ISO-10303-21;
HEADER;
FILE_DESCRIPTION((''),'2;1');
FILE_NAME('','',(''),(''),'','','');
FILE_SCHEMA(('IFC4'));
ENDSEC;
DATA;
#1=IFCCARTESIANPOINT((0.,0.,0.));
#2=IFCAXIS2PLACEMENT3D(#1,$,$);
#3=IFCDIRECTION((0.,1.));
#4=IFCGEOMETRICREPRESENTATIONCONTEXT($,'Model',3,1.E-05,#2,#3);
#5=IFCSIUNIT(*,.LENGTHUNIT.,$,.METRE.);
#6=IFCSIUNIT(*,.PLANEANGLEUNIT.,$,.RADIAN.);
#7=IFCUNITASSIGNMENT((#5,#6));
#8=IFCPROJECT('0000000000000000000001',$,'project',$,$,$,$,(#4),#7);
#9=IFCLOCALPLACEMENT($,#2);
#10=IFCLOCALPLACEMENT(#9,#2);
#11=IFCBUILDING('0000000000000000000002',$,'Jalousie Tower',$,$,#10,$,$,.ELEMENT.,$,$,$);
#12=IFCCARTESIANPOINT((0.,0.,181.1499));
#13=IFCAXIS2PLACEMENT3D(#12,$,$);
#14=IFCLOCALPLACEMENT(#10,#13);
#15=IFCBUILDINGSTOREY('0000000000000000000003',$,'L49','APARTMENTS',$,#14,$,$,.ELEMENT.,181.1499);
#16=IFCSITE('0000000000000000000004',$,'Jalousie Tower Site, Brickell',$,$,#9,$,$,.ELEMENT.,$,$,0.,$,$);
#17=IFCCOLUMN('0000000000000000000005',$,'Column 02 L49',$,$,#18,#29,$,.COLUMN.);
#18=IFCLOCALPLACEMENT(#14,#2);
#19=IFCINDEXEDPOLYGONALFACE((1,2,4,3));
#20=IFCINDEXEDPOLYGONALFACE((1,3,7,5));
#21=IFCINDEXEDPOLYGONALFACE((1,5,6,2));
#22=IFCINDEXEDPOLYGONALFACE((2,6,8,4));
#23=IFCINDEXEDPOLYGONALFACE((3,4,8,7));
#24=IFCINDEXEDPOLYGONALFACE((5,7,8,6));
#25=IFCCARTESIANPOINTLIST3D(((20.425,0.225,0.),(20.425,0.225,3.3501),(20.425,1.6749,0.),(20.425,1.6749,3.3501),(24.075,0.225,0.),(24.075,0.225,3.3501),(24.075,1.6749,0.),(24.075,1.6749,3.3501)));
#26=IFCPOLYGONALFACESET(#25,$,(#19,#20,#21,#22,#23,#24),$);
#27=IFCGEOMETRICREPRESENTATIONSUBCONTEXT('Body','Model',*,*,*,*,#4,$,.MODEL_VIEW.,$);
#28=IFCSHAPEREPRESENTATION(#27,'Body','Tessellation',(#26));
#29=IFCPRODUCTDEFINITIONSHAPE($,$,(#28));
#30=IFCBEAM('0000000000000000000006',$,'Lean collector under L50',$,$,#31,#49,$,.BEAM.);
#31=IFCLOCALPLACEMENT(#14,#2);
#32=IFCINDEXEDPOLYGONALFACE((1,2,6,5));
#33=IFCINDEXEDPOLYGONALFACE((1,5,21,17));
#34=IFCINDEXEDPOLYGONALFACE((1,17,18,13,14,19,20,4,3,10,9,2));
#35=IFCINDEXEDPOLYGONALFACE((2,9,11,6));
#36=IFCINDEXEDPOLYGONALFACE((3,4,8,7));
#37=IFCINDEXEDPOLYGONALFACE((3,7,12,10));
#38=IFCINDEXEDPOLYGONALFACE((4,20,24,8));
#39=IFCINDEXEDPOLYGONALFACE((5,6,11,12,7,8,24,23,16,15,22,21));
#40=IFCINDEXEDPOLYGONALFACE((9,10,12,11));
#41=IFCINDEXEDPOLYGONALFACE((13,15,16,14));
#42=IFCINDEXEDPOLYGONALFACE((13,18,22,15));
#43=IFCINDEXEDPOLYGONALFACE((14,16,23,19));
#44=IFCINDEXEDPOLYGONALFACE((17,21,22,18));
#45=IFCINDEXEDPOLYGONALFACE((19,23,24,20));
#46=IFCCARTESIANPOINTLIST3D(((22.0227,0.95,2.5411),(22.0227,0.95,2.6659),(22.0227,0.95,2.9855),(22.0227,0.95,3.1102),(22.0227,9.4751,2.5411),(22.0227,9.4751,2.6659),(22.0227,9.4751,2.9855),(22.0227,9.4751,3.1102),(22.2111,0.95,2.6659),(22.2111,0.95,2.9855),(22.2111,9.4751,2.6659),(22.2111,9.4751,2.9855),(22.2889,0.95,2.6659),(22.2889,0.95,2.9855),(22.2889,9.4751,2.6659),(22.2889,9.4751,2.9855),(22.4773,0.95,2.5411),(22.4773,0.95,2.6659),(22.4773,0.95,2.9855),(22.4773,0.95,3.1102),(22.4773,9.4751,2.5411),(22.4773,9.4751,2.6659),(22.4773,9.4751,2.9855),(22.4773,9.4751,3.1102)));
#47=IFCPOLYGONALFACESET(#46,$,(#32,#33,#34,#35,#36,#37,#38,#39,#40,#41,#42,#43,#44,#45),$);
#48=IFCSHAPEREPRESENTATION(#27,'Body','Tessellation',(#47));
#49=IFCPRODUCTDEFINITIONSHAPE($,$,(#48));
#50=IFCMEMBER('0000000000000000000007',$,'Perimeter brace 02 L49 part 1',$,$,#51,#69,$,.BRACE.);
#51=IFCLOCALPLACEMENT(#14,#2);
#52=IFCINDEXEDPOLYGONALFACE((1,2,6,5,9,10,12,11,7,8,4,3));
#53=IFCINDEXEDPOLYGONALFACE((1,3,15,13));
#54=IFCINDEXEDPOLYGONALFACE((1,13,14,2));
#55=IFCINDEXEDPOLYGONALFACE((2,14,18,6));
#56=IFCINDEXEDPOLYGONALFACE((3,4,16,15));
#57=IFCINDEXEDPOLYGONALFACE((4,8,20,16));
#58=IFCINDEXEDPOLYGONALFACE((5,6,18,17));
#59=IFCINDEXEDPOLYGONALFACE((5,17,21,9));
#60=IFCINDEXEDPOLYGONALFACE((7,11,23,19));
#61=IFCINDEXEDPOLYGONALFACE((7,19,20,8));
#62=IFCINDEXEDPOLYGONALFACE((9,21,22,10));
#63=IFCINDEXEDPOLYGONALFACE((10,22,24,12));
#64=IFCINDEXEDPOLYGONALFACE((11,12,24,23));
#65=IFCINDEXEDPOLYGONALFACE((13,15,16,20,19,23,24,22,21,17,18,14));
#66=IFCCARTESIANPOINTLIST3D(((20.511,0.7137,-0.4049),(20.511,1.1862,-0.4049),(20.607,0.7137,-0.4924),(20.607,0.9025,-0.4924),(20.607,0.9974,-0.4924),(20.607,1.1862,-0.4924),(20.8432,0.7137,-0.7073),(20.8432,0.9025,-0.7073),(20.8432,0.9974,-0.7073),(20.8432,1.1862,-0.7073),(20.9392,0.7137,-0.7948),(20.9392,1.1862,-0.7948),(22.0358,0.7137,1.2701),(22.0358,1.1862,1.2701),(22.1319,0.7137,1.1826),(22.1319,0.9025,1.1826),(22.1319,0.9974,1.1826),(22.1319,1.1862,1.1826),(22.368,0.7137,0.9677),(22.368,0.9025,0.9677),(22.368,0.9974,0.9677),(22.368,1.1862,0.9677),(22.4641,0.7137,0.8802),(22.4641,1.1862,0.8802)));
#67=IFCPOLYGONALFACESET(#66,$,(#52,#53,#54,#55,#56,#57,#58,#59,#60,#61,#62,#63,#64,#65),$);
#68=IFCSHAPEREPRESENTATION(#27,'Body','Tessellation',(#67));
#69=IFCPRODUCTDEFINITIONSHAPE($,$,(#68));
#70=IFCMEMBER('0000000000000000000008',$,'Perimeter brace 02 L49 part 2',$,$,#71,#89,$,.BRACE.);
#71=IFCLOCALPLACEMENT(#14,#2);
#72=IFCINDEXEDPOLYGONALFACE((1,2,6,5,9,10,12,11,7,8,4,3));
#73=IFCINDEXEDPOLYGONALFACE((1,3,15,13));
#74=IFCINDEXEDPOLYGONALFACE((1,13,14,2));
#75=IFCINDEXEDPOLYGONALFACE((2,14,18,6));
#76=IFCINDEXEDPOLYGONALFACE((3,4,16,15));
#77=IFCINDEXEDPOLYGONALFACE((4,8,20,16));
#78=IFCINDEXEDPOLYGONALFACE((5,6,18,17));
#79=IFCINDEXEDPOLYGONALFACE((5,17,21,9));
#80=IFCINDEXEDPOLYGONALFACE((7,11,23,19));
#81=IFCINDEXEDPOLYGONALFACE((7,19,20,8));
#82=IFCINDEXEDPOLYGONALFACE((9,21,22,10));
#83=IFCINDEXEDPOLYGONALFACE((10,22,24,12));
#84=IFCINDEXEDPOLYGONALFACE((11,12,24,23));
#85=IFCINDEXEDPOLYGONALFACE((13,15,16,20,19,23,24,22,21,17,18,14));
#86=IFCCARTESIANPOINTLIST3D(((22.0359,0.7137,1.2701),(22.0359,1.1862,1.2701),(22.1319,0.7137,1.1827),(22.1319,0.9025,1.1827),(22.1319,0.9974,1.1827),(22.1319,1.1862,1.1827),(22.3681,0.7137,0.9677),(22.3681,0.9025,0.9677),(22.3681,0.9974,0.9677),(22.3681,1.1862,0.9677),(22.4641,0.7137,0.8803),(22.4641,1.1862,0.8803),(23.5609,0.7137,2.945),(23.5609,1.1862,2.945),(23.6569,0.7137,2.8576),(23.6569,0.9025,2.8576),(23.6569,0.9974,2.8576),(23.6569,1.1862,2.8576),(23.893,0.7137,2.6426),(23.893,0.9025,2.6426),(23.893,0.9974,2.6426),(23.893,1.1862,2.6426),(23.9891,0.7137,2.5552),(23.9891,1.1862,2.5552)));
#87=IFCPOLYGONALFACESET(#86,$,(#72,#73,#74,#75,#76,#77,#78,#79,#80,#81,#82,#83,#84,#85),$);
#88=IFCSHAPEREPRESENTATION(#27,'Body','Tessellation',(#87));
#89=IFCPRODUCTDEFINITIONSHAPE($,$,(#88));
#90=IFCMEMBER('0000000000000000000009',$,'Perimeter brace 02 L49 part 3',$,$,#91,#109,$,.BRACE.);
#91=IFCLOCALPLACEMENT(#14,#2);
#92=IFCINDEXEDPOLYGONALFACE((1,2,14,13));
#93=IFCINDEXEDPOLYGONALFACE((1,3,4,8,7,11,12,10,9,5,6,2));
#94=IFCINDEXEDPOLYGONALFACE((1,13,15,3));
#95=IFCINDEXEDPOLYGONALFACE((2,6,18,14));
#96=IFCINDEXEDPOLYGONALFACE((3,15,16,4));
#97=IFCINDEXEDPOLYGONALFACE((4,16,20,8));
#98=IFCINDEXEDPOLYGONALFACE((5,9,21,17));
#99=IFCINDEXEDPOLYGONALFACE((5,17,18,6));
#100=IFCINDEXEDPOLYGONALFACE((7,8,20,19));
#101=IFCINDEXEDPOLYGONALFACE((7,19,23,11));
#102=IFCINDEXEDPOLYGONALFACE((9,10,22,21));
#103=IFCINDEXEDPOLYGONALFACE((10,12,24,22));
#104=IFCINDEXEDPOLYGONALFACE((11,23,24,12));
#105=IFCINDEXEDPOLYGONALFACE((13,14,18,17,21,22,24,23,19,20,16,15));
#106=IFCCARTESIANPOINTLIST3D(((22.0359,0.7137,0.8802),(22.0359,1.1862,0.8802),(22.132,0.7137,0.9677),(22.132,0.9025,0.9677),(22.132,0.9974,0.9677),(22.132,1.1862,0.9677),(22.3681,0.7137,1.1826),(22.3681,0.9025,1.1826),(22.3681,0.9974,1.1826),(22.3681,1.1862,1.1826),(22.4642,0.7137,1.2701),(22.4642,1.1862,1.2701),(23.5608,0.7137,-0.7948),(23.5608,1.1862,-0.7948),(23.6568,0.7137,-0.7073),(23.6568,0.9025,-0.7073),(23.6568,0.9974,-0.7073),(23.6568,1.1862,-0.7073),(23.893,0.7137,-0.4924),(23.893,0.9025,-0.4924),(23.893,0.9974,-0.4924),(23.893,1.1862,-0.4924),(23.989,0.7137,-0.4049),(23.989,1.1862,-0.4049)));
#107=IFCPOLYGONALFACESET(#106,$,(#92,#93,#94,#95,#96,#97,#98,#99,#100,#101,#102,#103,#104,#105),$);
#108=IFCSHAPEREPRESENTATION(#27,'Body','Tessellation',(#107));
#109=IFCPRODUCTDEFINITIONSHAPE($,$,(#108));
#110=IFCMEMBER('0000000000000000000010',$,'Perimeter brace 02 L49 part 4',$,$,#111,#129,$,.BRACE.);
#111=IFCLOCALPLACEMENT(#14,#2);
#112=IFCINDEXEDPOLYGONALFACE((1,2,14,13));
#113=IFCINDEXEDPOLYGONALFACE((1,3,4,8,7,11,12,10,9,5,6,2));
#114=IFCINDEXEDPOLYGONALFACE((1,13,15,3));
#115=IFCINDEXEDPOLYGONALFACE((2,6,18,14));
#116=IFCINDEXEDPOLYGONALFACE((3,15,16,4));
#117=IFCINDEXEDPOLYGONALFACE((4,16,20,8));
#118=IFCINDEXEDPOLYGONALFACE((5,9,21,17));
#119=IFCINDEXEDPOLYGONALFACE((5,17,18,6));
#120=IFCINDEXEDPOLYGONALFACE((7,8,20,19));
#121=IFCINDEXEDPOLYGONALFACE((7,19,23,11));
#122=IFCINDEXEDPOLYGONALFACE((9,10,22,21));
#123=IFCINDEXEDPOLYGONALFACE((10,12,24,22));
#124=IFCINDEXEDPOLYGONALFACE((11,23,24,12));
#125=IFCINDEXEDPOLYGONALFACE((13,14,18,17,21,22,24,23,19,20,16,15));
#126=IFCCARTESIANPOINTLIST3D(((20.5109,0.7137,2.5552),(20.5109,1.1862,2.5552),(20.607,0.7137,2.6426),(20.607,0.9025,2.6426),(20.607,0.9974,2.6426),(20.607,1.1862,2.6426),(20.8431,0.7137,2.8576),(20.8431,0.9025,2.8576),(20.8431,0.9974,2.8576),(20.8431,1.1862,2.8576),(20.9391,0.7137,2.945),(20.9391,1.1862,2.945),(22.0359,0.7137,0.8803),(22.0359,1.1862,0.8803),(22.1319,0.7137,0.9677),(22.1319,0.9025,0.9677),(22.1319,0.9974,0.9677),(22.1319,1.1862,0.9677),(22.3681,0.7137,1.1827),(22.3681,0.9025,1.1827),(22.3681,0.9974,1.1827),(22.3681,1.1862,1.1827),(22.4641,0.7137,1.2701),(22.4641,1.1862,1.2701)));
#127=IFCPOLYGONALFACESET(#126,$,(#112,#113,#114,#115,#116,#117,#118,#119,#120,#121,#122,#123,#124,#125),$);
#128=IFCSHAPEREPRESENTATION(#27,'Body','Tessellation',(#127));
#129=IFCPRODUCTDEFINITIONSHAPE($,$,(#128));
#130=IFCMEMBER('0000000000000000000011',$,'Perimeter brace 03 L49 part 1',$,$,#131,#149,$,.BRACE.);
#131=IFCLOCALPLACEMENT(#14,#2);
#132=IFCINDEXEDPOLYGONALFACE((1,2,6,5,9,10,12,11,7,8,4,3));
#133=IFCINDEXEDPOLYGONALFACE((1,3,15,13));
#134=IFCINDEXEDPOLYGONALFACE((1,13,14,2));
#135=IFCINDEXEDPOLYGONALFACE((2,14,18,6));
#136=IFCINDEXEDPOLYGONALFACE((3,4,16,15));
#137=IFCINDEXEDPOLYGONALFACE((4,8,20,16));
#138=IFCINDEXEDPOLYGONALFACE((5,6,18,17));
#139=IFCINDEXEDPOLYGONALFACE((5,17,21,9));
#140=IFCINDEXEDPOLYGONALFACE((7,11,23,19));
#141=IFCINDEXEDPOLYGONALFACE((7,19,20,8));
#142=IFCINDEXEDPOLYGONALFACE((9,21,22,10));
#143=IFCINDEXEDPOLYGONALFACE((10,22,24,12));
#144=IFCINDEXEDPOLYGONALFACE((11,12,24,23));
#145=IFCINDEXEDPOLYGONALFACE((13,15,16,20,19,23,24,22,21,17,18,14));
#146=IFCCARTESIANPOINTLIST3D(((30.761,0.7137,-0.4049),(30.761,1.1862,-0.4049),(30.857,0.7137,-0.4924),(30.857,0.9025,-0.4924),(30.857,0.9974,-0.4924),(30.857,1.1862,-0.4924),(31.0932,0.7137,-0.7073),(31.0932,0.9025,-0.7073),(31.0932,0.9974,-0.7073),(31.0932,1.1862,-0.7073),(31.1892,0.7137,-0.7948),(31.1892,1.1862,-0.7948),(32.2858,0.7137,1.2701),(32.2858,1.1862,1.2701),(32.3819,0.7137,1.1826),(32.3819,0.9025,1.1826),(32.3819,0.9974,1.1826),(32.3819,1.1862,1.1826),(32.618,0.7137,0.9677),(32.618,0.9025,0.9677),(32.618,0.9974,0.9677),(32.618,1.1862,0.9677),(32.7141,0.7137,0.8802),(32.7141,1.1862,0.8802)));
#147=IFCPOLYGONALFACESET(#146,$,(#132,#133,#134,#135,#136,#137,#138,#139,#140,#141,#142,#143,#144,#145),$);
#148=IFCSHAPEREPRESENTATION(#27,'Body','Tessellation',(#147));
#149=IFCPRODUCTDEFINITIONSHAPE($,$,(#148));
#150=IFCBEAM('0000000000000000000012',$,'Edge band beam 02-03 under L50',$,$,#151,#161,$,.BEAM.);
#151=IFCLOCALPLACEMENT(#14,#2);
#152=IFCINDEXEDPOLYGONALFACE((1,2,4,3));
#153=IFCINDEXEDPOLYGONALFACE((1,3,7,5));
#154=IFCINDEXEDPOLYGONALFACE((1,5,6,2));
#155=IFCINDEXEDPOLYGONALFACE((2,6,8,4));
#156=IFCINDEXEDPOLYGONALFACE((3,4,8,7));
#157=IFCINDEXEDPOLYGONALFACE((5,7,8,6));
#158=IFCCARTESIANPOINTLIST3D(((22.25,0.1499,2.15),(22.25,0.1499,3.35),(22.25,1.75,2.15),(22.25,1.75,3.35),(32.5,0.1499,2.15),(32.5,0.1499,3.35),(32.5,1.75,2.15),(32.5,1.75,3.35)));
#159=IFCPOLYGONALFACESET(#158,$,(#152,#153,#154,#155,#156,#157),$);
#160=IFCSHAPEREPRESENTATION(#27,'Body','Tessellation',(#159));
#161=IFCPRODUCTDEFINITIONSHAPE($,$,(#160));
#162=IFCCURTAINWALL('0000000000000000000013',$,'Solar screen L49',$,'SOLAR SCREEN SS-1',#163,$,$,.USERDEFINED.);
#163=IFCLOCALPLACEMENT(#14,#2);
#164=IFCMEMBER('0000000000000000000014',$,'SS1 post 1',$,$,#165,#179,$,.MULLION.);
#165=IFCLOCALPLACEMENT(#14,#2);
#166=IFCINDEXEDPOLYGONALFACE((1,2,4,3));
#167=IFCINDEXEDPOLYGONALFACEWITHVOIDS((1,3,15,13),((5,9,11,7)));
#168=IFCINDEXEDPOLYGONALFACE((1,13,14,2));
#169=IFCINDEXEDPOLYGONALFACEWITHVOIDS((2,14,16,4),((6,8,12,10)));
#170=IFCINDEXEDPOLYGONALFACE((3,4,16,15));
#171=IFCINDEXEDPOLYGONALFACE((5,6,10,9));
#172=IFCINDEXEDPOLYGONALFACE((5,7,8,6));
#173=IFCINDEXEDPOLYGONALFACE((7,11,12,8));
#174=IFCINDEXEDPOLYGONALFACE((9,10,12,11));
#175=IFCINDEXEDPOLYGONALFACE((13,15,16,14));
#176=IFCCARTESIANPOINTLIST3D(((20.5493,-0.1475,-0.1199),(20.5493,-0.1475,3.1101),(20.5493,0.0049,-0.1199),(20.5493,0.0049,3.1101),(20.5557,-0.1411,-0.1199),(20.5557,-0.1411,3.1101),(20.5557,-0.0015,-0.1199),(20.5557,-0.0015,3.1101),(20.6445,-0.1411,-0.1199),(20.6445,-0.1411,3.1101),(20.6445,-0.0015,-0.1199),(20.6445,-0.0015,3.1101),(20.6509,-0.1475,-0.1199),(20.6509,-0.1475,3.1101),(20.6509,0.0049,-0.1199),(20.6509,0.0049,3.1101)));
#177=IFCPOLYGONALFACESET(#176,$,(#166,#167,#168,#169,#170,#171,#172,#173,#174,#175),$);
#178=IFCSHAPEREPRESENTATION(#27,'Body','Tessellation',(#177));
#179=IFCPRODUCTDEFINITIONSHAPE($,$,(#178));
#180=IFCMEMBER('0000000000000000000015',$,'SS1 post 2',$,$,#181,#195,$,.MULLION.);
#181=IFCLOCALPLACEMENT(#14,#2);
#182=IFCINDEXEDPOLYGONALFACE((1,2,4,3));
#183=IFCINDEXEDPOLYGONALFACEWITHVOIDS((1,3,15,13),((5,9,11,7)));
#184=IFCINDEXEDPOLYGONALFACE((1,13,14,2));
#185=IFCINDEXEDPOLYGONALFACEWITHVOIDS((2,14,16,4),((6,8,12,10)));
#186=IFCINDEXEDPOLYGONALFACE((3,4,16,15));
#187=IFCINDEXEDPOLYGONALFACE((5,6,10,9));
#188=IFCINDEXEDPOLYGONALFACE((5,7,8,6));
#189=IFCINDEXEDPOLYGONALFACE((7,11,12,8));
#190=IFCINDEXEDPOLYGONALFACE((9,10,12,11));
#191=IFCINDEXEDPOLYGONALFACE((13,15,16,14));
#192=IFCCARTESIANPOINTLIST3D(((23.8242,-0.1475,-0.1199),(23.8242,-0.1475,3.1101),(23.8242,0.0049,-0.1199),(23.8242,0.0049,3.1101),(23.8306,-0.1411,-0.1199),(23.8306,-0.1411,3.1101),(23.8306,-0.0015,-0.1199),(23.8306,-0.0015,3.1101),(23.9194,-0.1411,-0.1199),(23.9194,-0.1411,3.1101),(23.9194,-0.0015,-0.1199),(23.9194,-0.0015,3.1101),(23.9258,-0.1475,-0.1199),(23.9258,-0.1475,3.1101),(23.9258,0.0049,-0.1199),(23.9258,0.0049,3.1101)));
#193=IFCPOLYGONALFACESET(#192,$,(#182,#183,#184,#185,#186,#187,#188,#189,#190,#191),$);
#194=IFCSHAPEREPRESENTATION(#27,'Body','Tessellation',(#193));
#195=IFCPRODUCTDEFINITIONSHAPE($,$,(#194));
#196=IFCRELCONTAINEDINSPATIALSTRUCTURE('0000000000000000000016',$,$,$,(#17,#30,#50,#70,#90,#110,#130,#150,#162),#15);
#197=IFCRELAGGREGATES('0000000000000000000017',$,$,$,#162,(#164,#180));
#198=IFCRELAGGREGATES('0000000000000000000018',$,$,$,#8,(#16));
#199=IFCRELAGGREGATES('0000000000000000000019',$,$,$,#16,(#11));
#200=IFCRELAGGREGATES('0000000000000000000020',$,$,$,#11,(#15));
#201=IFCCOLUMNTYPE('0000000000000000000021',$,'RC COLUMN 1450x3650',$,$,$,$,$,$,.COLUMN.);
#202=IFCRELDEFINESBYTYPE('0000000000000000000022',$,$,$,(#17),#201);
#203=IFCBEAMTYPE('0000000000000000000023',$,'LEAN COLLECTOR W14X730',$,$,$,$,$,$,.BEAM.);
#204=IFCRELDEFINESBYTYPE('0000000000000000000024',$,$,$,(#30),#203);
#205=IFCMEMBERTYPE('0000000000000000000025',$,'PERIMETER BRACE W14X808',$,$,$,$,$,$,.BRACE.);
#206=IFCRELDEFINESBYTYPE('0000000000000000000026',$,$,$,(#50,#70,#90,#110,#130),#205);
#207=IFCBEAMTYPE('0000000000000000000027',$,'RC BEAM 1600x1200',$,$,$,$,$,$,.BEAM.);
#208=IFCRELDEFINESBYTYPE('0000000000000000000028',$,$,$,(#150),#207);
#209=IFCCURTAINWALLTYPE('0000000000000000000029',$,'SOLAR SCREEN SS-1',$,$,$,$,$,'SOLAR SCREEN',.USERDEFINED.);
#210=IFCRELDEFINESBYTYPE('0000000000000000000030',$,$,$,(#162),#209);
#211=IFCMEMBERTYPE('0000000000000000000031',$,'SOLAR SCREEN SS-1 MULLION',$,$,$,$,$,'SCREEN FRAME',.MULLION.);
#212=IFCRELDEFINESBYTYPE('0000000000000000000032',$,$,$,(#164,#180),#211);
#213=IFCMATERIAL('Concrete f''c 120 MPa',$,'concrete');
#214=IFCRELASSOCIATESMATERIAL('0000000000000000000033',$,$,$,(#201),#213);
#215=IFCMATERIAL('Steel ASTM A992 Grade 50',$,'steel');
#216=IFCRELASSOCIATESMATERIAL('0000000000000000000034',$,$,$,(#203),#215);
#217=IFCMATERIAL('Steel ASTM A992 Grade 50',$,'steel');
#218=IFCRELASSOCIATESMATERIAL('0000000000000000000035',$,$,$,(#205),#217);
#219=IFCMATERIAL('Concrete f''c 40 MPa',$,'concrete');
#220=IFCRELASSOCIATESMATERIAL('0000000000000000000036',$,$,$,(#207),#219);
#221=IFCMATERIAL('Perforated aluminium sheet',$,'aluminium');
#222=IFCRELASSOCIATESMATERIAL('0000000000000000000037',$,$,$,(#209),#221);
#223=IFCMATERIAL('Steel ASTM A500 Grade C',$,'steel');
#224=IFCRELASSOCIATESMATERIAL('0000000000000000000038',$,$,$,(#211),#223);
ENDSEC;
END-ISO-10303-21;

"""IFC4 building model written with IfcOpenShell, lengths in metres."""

from ifc_helpers import new_model, si_unit, direction, frame, origin, origin_2d, place, context, subcontext, project, spatial, rectangle, hollow_rectangle, i_section, extrude, material, material_profile, profile_set, type_object, element, aggregate, save


model = new_model("IFC4")

# Units and contexts
model_context = context("Model", 3, precision=1e-05, world=origin(), true_north=direction((0.0, 1.0)))
body_context = subcontext(model_context, "Body", "Model", "MODEL_VIEW")
ifc_project = project(units=[si_unit("LENGTHUNIT", "METRE"), si_unit("PLANEANGLEUNIT", "RADIAN")], contexts=[model_context])

# Site, building, storey
site_placement = place(None, origin())
site = spatial("IfcSite", under=ifc_project, at=site_placement, Name="Jalousie Tower Site, Brickell", CompositionType="ELEMENT", RefElevation=0.0)
building_placement = place(site_placement, origin())
building = spatial("IfcBuilding", under=site, at=building_placement, Name="Jalousie Tower", CompositionType="ELEMENT")
storey_placement = place(building_placement, frame((0.0, 0.0, 181.1499)))
storey = spatial("IfcBuildingStorey", under=building, at=storey_placement, Name="L49", Description="APARTMENTS", CompositionType="ELEMENT", Elevation=181.1499)

# Column
ifc_material_1 = material(Name="Concrete f'c 120 MPa", Category="concrete")
ifc_material_profile_1 = material_profile(ifc_material_1, rectangle(XDim=1.45, YDim=3.6499, at=origin_2d()), Name="RC 1450x3650")
ifc_profile_set_1 = profile_set([ifc_material_profile_1], Name="Concrete f'c 120 MPa")
column_type = type_object("IfcColumnType", Name="RC COLUMN 1450x3650", PredefinedType="COLUMN", material=ifc_profile_set_1)
column_placement = place(storey_placement, frame((22.25, 0.95, 0.0), z_axis=(0.0, 0.0, 1.0), x_axis=(0.0, 1.0, 0.0)))
element("IfcColumn", 1, at=column_placement, inside=storey, type_object=column_type, Name="Column 02 L49", PredefinedType="COLUMN", context=body_context, shape_type="SweptSolid", body=[
    extrude(rectangle(XDim=1.45, YDim=3.6499, at=origin_2d()), origin(), (0.0, 0.0, 1.0), 3.3501),
])

# Beam
ifc_material_2 = material(Name="Steel ASTM A992 Grade 50", Category="steel")
ifc_material_profile_2 = material_profile(ifc_material_2, i_section(OverallWidth=0.4546, OverallDepth=0.5691, WebThickness=0.0779, FlangeThickness=0.1248, at=origin_2d()), Name="W14X730")
ifc_profile_set_2 = profile_set([ifc_material_profile_2], Name="Steel ASTM A992 Grade 50")
beam_type_1 = type_object("IfcBeamType", Name="LEAN COLLECTOR W14X730", PredefinedType="BEAM", material=ifc_profile_set_2)
beam_1_placement = place(storey_placement, frame((22.25, 0.95, 2.8257), z_axis=(0.0, 1.0, 0.0), x_axis=(-1.0, 0.0, 0.0)))
element("IfcBeam", 2, at=beam_1_placement, inside=storey, type_object=beam_type_1, Name="Lean collector under L50", PredefinedType="BEAM", context=body_context, shape_type="SweptSolid", body=[
    extrude(i_section(OverallWidth=0.4546, OverallDepth=0.5691, WebThickness=0.0779, FlangeThickness=0.1248, at=origin_2d()), origin(), (0.0, 0.0, 1.0), 8.5251),
])

# Members
ifc_material_3 = material(Name="Steel ASTM A992 Grade 50", Category="steel")
ifc_material_profile_3 = material_profile(ifc_material_3, i_section(OverallWidth=0.4724, OverallDepth=0.5791, WebThickness=0.095, FlangeThickness=0.1299, at=origin_2d()), Name="W14X808")
ifc_profile_set_3 = profile_set([ifc_material_profile_3], Name="Steel ASTM A992 Grade 50")
member_type_1 = type_object("IfcMemberType", Name="PERIMETER BRACE W14X808", PredefinedType="BRACE", material=ifc_profile_set_3)
for number, where, z_axis, x_axis, name in (
    (3, (20.7251, 0.95, -0.5999), (0.673188, 0.0, 0.739472), (0.0, 1.0, 0.0), "Perimeter brace 02 L49 part 1"),
    (4, (22.25, 0.95, 1.0752), (0.673241, 0.0, 0.739423), (0.0, 1.0, 0.0), "Perimeter brace 02 L49 part 2"),
    (5, (23.7749, 0.95, -0.5999), (-0.673188, 0.0, 0.739472), (0.0, -1.0, 0.0), "Perimeter brace 02 L49 part 3"),
    (6, (22.25, 0.95, 1.0752), (-0.673241, 0.0, 0.739423), (0.0, -1.0, 0.0), "Perimeter brace 02 L49 part 4"),
    (7, (30.9751, 0.95, -0.5999), (0.673188, 0.0, 0.739472), (0.0, 1.0, 0.0), "Perimeter brace 03 L49 part 1"),
):
    element("IfcMember", number, at=place(storey_placement, frame(where, z_axis=z_axis, x_axis=x_axis)), inside=storey, type_object=member_type_1, Name=name, PredefinedType="BRACE", context=body_context, shape_type="SweptSolid", body=[
        extrude(i_section(OverallWidth=0.4724, OverallDepth=0.5791, WebThickness=0.095, FlangeThickness=0.1299, at=origin_2d()), origin(), (0.0, 0.0, 1.0), 2.2651),
    ])

# Beam
ifc_material_4 = material(Name="Concrete f'c 40 MPa", Category="concrete")
ifc_material_profile_4 = material_profile(ifc_material_4, rectangle(XDim=1.6001, YDim=1.2, at=origin_2d()), Name="RC 1600x1200")
ifc_profile_set_4 = profile_set([ifc_material_profile_4], Name="Concrete f'c 40 MPa")
beam_type_2 = type_object("IfcBeamType", Name="RC BEAM 1600x1200", PredefinedType="BEAM", material=ifc_profile_set_4)
beam_2_placement = place(storey_placement, frame((22.25, 0.95, 2.75), z_axis=(1.0, 0.0, 0.0), x_axis=(0.0, 1.0, 0.0)))
element("IfcBeam", 8, at=beam_2_placement, inside=storey, type_object=beam_type_2, Name="Edge band beam 02-03 under L50", PredefinedType="BEAM", context=body_context, shape_type="SweptSolid", body=[
    extrude(rectangle(XDim=1.6001, YDim=1.2, at=origin_2d()), origin(), (0.0, 0.0, 1.0), 10.25),
])

# Curtain wall, members
ifc_material_5 = material(Name="Perforated aluminium sheet", Category="aluminium")
curtain_wall_type = type_object("IfcCurtainWallType", Name="SOLAR SCREEN SS-1", ElementType="SOLAR SCREEN", PredefinedType="USERDEFINED", material=ifc_material_5)
curtain_wall_placement = place(storey_placement, origin())
curtain_wall = element("IfcCurtainWall", 9, at=curtain_wall_placement, inside=storey, type_object=curtain_wall_type, Name="Solar screen L49", ObjectType="SOLAR SCREEN SS-1", PredefinedType="USERDEFINED")
ifc_material_6 = material(Name="Steel ASTM A500 Grade C", Category="steel")
ifc_material_profile_5 = material_profile(ifc_material_6, hollow_rectangle(XDim=0.1016, YDim=0.1523, WallThickness=0.0063, at=origin_2d()), Name="HSS6X4X1/4")
ifc_profile_set_5 = profile_set([ifc_material_profile_5], Name="Steel ASTM A500 Grade C")
member_type_2 = type_object("IfcMemberType", Name="SOLAR SCREEN SS-1 MULLION", ElementType="SCREEN FRAME", PredefinedType="MULLION", material=ifc_profile_set_5)
member_1_placement = place(storey_placement, frame((20.6001, -0.0713, -0.1199), z_axis=(0.0, 0.0, 1.0), x_axis=(1.0, 0.0, 0.0)))
member_1 = element("IfcMember", 10, at=member_1_placement, type_object=member_type_2, Name="SS1 post 1", PredefinedType="MULLION", context=body_context, shape_type="SweptSolid", body=[
    extrude(hollow_rectangle(XDim=0.1016, YDim=0.1523, WallThickness=0.0063, at=origin_2d()), origin(), (0.0, 0.0, 1.0), 3.23),
])
member_2_placement = place(storey_placement, frame((23.875, -0.0713, -0.1199), z_axis=(0.0, 0.0, 1.0), x_axis=(1.0, 0.0, 0.0)))
member_2 = element("IfcMember", 11, at=member_2_placement, type_object=member_type_2, Name="SS1 post 2", PredefinedType="MULLION", context=body_context, shape_type="SweptSolid", body=[
    extrude(hollow_rectangle(XDim=0.1016, YDim=0.1523, WallThickness=0.0063, at=origin_2d()), origin(), (0.0, 0.0, 1.0), 3.23),
])
aggregate(curtain_wall, [member_1, member_2])

save(model, "model.ifc")
